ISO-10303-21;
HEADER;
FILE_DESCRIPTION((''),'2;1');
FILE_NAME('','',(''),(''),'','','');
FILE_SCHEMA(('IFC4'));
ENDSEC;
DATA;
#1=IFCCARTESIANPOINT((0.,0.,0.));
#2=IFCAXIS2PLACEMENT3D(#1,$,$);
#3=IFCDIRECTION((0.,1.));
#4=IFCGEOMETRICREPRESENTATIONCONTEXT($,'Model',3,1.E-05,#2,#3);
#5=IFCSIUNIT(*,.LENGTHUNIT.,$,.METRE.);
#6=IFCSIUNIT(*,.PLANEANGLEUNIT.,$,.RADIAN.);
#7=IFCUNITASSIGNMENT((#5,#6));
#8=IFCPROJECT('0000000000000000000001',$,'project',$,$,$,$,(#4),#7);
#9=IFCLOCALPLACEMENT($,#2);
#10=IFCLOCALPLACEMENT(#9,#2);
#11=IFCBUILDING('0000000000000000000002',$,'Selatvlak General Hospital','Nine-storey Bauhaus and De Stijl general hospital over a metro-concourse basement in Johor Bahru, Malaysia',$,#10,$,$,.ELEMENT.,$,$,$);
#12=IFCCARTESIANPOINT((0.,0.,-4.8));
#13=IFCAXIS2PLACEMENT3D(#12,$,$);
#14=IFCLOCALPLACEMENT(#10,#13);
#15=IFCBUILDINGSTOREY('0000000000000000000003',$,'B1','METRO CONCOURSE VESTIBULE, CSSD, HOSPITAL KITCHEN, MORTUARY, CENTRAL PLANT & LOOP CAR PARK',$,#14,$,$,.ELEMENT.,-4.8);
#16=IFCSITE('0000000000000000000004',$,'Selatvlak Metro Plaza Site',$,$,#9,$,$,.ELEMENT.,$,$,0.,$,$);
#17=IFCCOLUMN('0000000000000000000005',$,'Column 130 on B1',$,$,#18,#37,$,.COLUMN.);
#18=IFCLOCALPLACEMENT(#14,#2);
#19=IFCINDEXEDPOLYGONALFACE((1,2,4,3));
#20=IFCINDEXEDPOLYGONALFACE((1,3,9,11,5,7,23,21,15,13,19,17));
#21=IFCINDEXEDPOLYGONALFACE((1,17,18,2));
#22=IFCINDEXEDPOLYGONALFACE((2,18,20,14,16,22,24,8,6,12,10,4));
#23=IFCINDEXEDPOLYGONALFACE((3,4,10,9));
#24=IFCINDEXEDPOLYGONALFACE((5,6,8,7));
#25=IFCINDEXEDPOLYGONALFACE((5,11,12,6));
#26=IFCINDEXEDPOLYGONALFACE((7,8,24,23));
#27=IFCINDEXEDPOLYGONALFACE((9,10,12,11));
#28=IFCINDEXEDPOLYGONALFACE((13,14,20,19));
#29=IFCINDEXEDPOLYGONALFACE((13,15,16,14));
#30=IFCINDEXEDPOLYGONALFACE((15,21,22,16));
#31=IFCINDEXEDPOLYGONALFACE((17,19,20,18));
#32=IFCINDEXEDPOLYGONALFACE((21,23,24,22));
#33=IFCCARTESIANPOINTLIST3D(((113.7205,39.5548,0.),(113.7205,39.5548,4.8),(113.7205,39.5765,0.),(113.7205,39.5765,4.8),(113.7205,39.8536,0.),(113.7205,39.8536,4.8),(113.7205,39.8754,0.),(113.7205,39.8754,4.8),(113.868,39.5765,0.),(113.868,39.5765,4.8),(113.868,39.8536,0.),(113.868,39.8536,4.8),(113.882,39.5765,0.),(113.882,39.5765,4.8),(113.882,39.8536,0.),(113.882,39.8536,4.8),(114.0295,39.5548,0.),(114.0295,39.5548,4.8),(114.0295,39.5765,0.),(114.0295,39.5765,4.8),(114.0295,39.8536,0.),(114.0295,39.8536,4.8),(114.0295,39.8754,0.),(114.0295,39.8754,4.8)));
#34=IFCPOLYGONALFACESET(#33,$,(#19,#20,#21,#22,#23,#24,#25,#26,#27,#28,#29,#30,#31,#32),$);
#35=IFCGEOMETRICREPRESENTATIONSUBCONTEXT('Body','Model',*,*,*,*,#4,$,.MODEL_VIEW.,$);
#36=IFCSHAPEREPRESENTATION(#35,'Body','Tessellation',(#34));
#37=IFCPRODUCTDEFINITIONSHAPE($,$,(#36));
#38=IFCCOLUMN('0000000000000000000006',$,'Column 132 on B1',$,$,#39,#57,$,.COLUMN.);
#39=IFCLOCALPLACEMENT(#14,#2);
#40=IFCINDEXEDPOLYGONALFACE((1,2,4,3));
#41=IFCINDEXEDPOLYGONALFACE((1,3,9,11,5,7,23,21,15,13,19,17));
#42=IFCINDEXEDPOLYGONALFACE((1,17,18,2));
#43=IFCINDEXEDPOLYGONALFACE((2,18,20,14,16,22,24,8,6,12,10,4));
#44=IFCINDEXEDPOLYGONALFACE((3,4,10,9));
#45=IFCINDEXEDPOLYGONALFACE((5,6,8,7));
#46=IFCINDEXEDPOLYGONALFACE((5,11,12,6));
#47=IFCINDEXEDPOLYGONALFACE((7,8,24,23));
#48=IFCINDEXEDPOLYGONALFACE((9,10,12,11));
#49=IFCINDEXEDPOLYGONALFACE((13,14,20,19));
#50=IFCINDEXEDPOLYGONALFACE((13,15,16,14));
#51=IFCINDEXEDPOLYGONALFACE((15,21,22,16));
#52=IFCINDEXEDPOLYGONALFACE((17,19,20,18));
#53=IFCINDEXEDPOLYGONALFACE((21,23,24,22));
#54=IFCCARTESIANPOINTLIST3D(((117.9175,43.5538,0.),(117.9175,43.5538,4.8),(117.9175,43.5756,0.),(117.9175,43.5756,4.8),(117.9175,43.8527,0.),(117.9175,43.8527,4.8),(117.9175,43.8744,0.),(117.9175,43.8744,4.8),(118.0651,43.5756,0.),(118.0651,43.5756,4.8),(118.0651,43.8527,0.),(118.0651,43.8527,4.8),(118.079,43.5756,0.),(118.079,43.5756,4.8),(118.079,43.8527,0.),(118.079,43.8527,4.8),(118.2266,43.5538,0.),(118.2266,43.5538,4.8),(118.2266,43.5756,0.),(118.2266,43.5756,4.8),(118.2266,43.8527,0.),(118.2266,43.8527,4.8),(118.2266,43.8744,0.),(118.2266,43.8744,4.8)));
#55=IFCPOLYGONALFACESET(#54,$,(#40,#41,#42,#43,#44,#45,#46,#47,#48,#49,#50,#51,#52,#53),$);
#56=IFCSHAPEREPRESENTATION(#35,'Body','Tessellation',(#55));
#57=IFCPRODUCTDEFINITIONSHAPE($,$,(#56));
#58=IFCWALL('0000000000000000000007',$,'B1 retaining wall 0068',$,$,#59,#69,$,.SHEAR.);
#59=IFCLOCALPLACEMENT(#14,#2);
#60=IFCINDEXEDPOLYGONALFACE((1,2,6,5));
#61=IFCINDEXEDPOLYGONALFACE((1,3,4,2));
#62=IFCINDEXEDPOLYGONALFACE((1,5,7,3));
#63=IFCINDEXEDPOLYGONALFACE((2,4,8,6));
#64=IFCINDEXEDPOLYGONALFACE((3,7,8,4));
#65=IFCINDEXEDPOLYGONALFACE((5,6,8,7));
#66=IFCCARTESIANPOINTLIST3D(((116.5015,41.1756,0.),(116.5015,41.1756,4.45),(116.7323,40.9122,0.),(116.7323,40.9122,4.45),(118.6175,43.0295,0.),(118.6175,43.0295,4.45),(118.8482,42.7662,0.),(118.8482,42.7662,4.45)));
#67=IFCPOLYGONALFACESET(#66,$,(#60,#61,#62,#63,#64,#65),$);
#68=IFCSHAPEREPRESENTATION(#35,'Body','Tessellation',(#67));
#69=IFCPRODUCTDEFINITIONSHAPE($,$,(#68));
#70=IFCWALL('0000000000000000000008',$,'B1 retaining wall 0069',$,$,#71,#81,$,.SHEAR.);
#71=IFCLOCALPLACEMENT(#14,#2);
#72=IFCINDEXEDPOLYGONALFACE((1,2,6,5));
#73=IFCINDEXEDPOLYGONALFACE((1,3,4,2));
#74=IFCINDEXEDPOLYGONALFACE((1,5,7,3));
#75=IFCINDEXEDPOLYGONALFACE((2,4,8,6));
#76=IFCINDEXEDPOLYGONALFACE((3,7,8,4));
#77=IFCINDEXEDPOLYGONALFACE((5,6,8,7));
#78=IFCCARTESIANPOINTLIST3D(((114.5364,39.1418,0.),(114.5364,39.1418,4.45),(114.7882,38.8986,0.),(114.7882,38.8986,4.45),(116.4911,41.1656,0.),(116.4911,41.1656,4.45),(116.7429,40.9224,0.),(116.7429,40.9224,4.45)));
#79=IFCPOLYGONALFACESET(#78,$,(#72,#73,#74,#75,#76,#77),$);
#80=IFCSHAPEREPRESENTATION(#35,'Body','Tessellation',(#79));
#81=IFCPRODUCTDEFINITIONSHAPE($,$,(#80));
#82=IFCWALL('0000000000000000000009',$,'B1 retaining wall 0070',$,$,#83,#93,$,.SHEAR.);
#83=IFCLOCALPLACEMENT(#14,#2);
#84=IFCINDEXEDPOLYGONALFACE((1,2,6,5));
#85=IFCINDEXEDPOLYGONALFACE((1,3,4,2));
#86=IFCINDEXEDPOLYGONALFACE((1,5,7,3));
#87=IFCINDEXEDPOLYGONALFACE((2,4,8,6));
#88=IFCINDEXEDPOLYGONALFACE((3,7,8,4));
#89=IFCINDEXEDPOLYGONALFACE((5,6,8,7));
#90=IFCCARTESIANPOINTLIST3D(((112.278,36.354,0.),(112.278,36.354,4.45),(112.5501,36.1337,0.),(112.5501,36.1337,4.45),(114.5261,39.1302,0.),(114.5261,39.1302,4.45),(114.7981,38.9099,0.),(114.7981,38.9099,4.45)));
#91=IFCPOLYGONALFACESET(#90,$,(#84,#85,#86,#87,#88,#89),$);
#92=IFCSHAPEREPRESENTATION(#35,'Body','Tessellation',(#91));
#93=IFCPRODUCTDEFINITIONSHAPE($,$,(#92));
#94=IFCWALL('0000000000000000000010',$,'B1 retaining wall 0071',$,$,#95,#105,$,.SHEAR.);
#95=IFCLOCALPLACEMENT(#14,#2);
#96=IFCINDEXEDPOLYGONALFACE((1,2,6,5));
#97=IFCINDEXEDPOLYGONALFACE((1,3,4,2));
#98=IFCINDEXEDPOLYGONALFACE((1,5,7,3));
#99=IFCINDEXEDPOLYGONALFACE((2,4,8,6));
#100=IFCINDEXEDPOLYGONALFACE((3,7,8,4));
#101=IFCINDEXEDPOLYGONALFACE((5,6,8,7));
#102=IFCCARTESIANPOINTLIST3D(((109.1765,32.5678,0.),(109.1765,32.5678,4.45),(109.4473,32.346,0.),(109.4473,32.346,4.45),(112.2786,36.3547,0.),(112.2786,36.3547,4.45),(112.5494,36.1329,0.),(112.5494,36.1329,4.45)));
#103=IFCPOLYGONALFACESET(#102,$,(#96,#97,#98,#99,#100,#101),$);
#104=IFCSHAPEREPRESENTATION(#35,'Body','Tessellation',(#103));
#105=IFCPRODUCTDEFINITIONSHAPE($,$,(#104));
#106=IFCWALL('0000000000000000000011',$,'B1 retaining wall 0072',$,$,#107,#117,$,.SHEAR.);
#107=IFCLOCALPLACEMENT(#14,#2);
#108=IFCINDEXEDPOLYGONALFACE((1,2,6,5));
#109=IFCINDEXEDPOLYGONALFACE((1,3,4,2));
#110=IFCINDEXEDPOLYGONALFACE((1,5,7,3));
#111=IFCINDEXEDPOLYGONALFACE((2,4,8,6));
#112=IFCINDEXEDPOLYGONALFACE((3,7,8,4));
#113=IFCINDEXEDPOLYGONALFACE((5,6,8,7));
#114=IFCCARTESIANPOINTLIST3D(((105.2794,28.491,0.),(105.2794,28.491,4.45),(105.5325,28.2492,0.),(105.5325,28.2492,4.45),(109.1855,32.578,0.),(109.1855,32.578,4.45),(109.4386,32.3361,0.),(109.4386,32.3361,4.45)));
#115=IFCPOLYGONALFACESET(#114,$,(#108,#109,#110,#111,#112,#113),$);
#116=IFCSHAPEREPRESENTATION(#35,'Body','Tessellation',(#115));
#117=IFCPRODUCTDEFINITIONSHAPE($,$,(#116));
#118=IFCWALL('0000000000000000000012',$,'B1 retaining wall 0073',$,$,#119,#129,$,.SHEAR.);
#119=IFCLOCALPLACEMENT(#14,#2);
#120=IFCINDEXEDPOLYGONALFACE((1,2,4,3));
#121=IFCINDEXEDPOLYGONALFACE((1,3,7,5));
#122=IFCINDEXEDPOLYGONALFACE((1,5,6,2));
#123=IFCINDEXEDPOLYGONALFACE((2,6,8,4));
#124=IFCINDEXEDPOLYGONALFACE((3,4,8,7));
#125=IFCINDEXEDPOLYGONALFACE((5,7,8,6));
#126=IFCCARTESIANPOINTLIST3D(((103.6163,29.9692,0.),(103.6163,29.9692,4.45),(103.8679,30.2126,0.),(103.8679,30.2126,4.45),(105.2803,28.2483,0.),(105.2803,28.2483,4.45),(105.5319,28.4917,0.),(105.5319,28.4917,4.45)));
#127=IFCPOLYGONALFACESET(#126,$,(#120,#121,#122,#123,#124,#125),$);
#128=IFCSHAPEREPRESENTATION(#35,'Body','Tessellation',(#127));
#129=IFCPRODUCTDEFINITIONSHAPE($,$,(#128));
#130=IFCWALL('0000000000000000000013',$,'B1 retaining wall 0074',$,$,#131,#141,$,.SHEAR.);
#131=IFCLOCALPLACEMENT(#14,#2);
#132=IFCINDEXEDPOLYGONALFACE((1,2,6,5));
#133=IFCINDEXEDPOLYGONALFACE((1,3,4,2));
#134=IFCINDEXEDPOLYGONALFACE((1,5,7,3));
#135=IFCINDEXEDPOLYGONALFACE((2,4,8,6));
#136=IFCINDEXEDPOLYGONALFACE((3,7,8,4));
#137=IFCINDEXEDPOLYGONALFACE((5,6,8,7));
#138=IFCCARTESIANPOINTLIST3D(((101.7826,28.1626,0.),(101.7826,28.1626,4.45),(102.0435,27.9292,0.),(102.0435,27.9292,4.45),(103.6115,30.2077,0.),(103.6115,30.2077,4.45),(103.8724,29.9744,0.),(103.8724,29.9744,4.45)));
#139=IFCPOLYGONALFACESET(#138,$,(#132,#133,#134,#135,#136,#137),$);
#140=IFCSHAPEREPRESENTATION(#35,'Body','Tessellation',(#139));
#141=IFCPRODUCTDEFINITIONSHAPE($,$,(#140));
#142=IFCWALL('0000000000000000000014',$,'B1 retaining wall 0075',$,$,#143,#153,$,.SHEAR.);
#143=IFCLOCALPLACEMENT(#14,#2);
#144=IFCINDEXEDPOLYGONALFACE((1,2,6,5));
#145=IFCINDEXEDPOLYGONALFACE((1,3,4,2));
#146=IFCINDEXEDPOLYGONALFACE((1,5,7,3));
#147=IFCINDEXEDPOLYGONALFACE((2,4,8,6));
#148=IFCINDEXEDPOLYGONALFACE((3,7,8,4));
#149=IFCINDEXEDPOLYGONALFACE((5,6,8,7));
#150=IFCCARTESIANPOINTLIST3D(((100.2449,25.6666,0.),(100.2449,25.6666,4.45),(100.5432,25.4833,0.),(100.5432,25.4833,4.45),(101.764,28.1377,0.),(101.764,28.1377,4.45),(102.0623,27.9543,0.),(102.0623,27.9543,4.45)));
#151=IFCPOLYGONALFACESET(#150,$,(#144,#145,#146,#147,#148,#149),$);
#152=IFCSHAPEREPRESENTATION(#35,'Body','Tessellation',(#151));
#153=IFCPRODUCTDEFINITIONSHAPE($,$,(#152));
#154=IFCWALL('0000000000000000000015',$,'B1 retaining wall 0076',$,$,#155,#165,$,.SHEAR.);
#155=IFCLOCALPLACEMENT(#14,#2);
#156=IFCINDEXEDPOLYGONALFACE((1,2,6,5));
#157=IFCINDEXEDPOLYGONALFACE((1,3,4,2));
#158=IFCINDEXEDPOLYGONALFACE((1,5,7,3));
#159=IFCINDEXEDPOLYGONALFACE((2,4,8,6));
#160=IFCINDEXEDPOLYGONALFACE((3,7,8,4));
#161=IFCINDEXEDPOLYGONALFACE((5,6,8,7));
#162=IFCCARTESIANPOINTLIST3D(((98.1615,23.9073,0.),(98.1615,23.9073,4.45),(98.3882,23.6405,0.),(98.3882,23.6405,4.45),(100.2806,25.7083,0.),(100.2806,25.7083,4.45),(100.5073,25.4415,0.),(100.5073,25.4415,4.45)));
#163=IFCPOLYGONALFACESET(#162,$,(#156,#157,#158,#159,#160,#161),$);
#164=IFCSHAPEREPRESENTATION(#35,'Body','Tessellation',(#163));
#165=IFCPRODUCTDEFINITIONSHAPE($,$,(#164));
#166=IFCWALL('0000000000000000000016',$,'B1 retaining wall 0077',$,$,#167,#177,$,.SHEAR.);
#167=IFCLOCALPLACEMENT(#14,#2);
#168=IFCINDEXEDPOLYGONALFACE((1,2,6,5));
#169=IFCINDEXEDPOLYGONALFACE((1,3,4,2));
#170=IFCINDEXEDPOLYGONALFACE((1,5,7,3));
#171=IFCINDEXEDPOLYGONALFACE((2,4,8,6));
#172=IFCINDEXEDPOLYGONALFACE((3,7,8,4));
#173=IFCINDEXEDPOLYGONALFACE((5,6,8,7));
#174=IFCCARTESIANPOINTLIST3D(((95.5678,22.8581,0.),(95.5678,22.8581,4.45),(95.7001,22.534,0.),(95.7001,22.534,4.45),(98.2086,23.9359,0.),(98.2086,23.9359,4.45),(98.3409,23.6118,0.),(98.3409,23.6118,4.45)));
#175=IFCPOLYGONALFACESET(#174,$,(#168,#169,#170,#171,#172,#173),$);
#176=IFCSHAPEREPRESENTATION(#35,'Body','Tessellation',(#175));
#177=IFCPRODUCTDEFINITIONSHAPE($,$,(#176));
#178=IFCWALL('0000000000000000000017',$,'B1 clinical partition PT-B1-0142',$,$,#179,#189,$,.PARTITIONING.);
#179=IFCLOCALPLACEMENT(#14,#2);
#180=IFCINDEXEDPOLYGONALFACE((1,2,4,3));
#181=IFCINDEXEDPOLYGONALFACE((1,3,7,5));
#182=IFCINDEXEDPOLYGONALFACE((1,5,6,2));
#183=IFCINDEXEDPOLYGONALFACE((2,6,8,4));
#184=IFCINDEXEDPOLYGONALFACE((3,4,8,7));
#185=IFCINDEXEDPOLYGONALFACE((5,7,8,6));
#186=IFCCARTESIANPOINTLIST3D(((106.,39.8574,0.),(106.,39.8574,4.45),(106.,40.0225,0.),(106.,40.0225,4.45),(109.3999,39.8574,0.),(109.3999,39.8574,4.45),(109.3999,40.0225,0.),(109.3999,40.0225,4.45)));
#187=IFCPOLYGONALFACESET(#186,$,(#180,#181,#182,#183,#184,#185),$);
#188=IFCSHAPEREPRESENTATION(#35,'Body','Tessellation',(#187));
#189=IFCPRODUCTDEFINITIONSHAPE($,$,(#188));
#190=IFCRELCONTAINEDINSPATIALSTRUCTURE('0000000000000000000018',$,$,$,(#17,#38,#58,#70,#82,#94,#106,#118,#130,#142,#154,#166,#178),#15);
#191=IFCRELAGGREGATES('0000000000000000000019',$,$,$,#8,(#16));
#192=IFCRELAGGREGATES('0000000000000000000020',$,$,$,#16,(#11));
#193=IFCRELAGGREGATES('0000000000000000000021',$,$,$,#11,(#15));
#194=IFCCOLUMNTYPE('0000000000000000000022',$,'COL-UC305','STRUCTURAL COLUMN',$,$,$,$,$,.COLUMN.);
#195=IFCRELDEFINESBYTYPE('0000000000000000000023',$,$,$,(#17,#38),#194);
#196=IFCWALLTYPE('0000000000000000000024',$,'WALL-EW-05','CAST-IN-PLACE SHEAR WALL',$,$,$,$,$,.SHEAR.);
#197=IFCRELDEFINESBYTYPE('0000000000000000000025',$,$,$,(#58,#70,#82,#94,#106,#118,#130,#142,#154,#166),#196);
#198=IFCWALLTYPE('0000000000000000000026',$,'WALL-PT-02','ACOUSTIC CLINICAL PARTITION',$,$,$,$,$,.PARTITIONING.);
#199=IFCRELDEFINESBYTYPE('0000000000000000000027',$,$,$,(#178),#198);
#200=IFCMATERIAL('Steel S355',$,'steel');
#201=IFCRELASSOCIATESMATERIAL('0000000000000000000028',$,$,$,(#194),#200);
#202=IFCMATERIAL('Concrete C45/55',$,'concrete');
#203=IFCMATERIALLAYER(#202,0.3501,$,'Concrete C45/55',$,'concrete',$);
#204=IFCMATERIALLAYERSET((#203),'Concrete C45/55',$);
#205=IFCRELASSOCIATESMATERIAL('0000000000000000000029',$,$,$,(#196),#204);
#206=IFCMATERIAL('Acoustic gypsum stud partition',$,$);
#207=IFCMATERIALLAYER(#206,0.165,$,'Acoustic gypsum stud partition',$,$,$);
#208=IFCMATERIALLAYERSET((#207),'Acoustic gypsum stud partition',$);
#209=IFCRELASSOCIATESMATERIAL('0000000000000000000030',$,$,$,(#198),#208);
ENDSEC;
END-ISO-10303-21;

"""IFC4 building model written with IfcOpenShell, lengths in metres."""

from ifc_helpers import new_model, si_unit, direction, frame, frame_2d, origin, origin_2d, place, context, subcontext, project, spatial, rectangle, i_section, extrude, material, layer, layer_set, material_profile, profile_set, type_object, element, save


model = new_model("IFC4")

# Units and contexts
model_context = context("Model", 3, precision=1e-05, world=origin(), true_north=direction((0.0, 1.0)))
body_context = subcontext(model_context, "Body", "Model", "MODEL_VIEW")
ifc_project = project(units=[si_unit("LENGTHUNIT", "METRE"), si_unit("PLANEANGLEUNIT", "RADIAN")], contexts=[model_context])

# Site, building, storey
site_placement = place(None, origin())
site = spatial("IfcSite", under=ifc_project, at=site_placement, Name="Selatvlak Metro Plaza Site", CompositionType="ELEMENT", RefElevation=0.0)
building_placement = place(site_placement, origin())
building = spatial("IfcBuilding", under=site, at=building_placement, Name="Selatvlak General Hospital", Description="Nine-storey Bauhaus and De Stijl general hospital over a metro-concourse basement in Johor Bahru, Malaysia", CompositionType="ELEMENT")
storey_placement = place(building_placement, frame((0.0, 0.0, -4.8)))
storey = spatial("IfcBuildingStorey", under=building, at=storey_placement, Name="B1", Description="METRO CONCOURSE VESTIBULE, CSSD, HOSPITAL KITCHEN, MORTUARY, CENTRAL PLANT & LOOP CAR PARK", CompositionType="ELEMENT", Elevation=-4.8)

# Columns
ifc_material_1 = material(Name="Steel S355", Category="steel")
ifc_material_profile_1 = material_profile(ifc_material_1, i_section(OverallWidth=0.3091, OverallDepth=0.3206, WebThickness=0.0139, FlangeThickness=0.0217, at=origin_2d()), Name="UC 305x305x137")
ifc_profile_set_1 = profile_set([ifc_material_profile_1], Name="Steel S355")
column_type_1 = type_object("IfcColumnType", Name="COL-UC305", Description="STRUCTURAL COLUMN", PredefinedType="COLUMN", material=ifc_profile_set_1)
for number, where, z_axis, x_axis, name in (
    (1, (113.875, 39.7151, 0.0), (0.0, 0.0, 1.0), (1.0, 0.0, 0.0), "Column 130 on B1"),
    (2, (118.072, 43.7141, 0.0), (0.0, 0.0, 1.0), (1.0, 0.0, 0.0), "Column 132 on B1"),
):
    element("IfcColumn", number, at=place(storey_placement, frame(where, z_axis=z_axis, x_axis=x_axis)), inside=storey, type_object=column_type_1, Name=name, PredefinedType="COLUMN", context=body_context, shape_type="SweptSolid", body=[
        extrude(i_section(OverallWidth=0.3091, OverallDepth=0.3206, WebThickness=0.0139, FlangeThickness=0.0217, at=origin_2d()), origin(), (0.0, 0.0, 1.0), 4.8),
    ])

# Walls
ifc_material_2 = material(Name="Concrete C45/55", Category="concrete")
ifc_layer_1 = layer(ifc_material_2, 0.3501, Name="Concrete C45/55", Category="concrete")
ifc_layer_set_1 = layer_set([ifc_layer_1], Name="Concrete C45/55")
wall_type_1 = type_object("IfcWallType", Name="WALL-EW-05", Description="CAST-IN-PLACE SHEAR WALL", PredefinedType="SHEAR", material=ifc_layer_set_1)
wall_1_placement = place(storey_placement, frame((118.7329, 42.8979, 0.0), z_axis=(0.0, 0.0, 1.0), x_axis=(-0.75213, -0.659014, 0.0)))
element("IfcWall", 3, at=wall_1_placement, inside=storey, type_object=wall_type_1, Name="B1 retaining wall 0068", PredefinedType="SHEAR", context=body_context, shape_type="SweptSolid", body=[
    extrude(rectangle(XDim=2.8132, YDim=0.3501, at=frame_2d((1.4067, 0.0))), origin(), (0.0, 0.0, 1.0), 4.45),
])
wall_2_placement = place(storey_placement, frame((116.6169, 41.0439, 0.0), z_axis=(0.0, 0.0, 1.0), x_axis=(-0.694723, -0.719277, 0.0)))
element("IfcWall", 4, at=wall_2_placement, inside=storey, type_object=wall_type_1, Name="B1 retaining wall 0069", PredefinedType="SHEAR", context=body_context, shape_type="SweptSolid", body=[
    extrude(rectangle(XDim=2.8137, YDim=0.3501, at=frame_2d((1.4067, 0.0))), origin(), (0.0, 0.0, 1.0), 4.45),
])
wall_3_placement = place(storey_placement, frame((114.6621, 39.02, 0.0), z_axis=(0.0, 0.0, 1.0), x_axis=(-0.629318, -0.777148, 0.0)))
element("IfcWall", 5, at=wall_3_placement, inside=storey, type_object=wall_type_1, Name="B1 retaining wall 0070", PredefinedType="SHEAR", context=body_context, shape_type="SweptSolid", body=[
    extrude(rectangle(XDim=3.5723, YDim=0.3501, at=frame_2d((1.7861, 0.0))), origin(), (0.0, 0.0, 1.0), 4.45),
])
wall_4_placement = place(storey_placement, frame((112.4141, 36.2439, 0.0), z_axis=(0.0, 0.0, 1.0), x_axis=(-0.633691, -0.773586, 0.0)))
element("IfcWall", 6, at=wall_4_placement, inside=storey, type_object=wall_type_1, Name="B1 retaining wall 0071", PredefinedType="SHEAR", context=body_context, shape_type="SweptSolid", body=[
    extrude(rectangle(XDim=4.8953, YDim=0.3501, at=frame_2d((2.4478, 0.0))), origin(), (0.0, 0.0, 1.0), 4.45),
])
wall_5_placement = place(storey_placement, frame((109.312, 32.457, 0.0), z_axis=(0.0, 0.0, 1.0), x_axis=(-0.690925, -0.722926, 0.0)))
element("IfcWall", 7, at=wall_5_placement, inside=storey, type_object=wall_type_1, Name="B1 retaining wall 0072", PredefinedType="SHEAR", context=body_context, shape_type="SweptSolid", body=[
    extrude(rectangle(XDim=5.6533, YDim=0.3501, at=frame_2d((2.8267, 0.0))), origin(), (0.0, 0.0, 1.0), 4.45),
])
wall_6_placement = place(storey_placement, frame((105.406, 28.3701, 0.0), z_axis=(0.0, 0.0, 1.0), x_axis=(-0.695126, 0.718888, 0.0)))
element("IfcWall", 8, at=wall_6_placement, inside=storey, type_object=wall_type_1, Name="B1 retaining wall 0073", PredefinedType="SHEAR", context=body_context, shape_type="SweptSolid", body=[
    extrude(rectangle(XDim=2.3938, YDim=0.3501, at=frame_2d((1.1968, 0.0))), origin(), (0.0, 0.0, 1.0), 4.45),
])
wall_7_placement = place(storey_placement, frame((103.7419, 30.0911, 0.0), z_axis=(0.0, 0.0, 1.0), x_axis=(-0.666587, -0.745427, 0.0)))
element("IfcWall", 9, at=wall_7_placement, inside=storey, type_object=wall_type_1, Name="B1 retaining wall 0074", PredefinedType="SHEAR", context=body_context, shape_type="SweptSolid", body=[
    extrude(rectangle(XDim=2.7437, YDim=0.3501, at=frame_2d((1.3718, 0.0))), origin(), (0.0, 0.0, 1.0), 4.45),
])
wall_8_placement = place(storey_placement, frame((101.9131, 28.0459, 0.0), z_axis=(0.0, 0.0, 1.0), x_axis=(-0.523712, -0.851895, 0.0)))
element("IfcWall", 10, at=wall_8_placement, inside=storey, type_object=wall_type_1, Name="B1 retaining wall 0075", PredefinedType="SHEAR", context=body_context, shape_type="SweptSolid", body=[
    extrude(rectangle(XDim=2.9006, YDim=0.3501, at=frame_2d((1.4502, 0.0))), origin(), (0.0, 0.0, 1.0), 4.45),
])
wall_9_placement = place(storey_placement, frame((100.394, 25.575, 0.0), z_axis=(0.0, 0.0, 1.0), x_axis=(-0.761983, -0.647597, 0.0)))
element("IfcWall", 11, at=wall_9_placement, inside=storey, type_object=wall_type_1, Name="B1 retaining wall 0076", PredefinedType="SHEAR", context=body_context, shape_type="SweptSolid", body=[
    extrude(rectangle(XDim=2.781, YDim=0.3501, at=frame_2d((1.3906, 0.0))), origin(), (0.0, 0.0, 1.0), 4.45),
])
wall_10_placement = place(storey_placement, frame((98.2749, 23.7739, 0.0), z_axis=(0.0, 0.0, 1.0), x_axis=(-0.925851, -0.37789, 0.0)))
element("IfcWall", 12, at=wall_10_placement, inside=storey, type_object=wall_type_1, Name="B1 retaining wall 0077", PredefinedType="SHEAR", context=body_context, shape_type="SweptSolid", body=[
    extrude(rectangle(XDim=2.8523, YDim=0.3501, at=frame_2d((1.4263, 0.0))), origin(), (0.0, 0.0, 1.0), 4.45),
])
ifc_material_3 = material(Name="Acoustic gypsum stud partition")
ifc_layer_2 = layer(ifc_material_3, 0.165, Name="Acoustic gypsum stud partition")
ifc_layer_set_2 = layer_set([ifc_layer_2], Name="Acoustic gypsum stud partition")
wall_type_2 = type_object("IfcWallType", Name="WALL-PT-02", Description="ACOUSTIC CLINICAL PARTITION", PredefinedType="PARTITIONING", material=ifc_layer_set_2)
wall_11_placement = place(storey_placement, frame((106.0, 39.9399, 0.0), z_axis=(0.0, 0.0, 1.0), x_axis=(1.0, 0.0, 0.0)))
element("IfcWall", 13, at=wall_11_placement, inside=storey, type_object=wall_type_2, Name="B1 clinical partition PT-B1-0142", PredefinedType="PARTITIONING", context=body_context, shape_type="SweptSolid", body=[
    extrude(rectangle(XDim=3.3999, YDim=0.165, at=frame_2d((1.7, 0.0))), origin(), (0.0, 0.0, 1.0), 4.45),
])

save(model, "model.ifc")
